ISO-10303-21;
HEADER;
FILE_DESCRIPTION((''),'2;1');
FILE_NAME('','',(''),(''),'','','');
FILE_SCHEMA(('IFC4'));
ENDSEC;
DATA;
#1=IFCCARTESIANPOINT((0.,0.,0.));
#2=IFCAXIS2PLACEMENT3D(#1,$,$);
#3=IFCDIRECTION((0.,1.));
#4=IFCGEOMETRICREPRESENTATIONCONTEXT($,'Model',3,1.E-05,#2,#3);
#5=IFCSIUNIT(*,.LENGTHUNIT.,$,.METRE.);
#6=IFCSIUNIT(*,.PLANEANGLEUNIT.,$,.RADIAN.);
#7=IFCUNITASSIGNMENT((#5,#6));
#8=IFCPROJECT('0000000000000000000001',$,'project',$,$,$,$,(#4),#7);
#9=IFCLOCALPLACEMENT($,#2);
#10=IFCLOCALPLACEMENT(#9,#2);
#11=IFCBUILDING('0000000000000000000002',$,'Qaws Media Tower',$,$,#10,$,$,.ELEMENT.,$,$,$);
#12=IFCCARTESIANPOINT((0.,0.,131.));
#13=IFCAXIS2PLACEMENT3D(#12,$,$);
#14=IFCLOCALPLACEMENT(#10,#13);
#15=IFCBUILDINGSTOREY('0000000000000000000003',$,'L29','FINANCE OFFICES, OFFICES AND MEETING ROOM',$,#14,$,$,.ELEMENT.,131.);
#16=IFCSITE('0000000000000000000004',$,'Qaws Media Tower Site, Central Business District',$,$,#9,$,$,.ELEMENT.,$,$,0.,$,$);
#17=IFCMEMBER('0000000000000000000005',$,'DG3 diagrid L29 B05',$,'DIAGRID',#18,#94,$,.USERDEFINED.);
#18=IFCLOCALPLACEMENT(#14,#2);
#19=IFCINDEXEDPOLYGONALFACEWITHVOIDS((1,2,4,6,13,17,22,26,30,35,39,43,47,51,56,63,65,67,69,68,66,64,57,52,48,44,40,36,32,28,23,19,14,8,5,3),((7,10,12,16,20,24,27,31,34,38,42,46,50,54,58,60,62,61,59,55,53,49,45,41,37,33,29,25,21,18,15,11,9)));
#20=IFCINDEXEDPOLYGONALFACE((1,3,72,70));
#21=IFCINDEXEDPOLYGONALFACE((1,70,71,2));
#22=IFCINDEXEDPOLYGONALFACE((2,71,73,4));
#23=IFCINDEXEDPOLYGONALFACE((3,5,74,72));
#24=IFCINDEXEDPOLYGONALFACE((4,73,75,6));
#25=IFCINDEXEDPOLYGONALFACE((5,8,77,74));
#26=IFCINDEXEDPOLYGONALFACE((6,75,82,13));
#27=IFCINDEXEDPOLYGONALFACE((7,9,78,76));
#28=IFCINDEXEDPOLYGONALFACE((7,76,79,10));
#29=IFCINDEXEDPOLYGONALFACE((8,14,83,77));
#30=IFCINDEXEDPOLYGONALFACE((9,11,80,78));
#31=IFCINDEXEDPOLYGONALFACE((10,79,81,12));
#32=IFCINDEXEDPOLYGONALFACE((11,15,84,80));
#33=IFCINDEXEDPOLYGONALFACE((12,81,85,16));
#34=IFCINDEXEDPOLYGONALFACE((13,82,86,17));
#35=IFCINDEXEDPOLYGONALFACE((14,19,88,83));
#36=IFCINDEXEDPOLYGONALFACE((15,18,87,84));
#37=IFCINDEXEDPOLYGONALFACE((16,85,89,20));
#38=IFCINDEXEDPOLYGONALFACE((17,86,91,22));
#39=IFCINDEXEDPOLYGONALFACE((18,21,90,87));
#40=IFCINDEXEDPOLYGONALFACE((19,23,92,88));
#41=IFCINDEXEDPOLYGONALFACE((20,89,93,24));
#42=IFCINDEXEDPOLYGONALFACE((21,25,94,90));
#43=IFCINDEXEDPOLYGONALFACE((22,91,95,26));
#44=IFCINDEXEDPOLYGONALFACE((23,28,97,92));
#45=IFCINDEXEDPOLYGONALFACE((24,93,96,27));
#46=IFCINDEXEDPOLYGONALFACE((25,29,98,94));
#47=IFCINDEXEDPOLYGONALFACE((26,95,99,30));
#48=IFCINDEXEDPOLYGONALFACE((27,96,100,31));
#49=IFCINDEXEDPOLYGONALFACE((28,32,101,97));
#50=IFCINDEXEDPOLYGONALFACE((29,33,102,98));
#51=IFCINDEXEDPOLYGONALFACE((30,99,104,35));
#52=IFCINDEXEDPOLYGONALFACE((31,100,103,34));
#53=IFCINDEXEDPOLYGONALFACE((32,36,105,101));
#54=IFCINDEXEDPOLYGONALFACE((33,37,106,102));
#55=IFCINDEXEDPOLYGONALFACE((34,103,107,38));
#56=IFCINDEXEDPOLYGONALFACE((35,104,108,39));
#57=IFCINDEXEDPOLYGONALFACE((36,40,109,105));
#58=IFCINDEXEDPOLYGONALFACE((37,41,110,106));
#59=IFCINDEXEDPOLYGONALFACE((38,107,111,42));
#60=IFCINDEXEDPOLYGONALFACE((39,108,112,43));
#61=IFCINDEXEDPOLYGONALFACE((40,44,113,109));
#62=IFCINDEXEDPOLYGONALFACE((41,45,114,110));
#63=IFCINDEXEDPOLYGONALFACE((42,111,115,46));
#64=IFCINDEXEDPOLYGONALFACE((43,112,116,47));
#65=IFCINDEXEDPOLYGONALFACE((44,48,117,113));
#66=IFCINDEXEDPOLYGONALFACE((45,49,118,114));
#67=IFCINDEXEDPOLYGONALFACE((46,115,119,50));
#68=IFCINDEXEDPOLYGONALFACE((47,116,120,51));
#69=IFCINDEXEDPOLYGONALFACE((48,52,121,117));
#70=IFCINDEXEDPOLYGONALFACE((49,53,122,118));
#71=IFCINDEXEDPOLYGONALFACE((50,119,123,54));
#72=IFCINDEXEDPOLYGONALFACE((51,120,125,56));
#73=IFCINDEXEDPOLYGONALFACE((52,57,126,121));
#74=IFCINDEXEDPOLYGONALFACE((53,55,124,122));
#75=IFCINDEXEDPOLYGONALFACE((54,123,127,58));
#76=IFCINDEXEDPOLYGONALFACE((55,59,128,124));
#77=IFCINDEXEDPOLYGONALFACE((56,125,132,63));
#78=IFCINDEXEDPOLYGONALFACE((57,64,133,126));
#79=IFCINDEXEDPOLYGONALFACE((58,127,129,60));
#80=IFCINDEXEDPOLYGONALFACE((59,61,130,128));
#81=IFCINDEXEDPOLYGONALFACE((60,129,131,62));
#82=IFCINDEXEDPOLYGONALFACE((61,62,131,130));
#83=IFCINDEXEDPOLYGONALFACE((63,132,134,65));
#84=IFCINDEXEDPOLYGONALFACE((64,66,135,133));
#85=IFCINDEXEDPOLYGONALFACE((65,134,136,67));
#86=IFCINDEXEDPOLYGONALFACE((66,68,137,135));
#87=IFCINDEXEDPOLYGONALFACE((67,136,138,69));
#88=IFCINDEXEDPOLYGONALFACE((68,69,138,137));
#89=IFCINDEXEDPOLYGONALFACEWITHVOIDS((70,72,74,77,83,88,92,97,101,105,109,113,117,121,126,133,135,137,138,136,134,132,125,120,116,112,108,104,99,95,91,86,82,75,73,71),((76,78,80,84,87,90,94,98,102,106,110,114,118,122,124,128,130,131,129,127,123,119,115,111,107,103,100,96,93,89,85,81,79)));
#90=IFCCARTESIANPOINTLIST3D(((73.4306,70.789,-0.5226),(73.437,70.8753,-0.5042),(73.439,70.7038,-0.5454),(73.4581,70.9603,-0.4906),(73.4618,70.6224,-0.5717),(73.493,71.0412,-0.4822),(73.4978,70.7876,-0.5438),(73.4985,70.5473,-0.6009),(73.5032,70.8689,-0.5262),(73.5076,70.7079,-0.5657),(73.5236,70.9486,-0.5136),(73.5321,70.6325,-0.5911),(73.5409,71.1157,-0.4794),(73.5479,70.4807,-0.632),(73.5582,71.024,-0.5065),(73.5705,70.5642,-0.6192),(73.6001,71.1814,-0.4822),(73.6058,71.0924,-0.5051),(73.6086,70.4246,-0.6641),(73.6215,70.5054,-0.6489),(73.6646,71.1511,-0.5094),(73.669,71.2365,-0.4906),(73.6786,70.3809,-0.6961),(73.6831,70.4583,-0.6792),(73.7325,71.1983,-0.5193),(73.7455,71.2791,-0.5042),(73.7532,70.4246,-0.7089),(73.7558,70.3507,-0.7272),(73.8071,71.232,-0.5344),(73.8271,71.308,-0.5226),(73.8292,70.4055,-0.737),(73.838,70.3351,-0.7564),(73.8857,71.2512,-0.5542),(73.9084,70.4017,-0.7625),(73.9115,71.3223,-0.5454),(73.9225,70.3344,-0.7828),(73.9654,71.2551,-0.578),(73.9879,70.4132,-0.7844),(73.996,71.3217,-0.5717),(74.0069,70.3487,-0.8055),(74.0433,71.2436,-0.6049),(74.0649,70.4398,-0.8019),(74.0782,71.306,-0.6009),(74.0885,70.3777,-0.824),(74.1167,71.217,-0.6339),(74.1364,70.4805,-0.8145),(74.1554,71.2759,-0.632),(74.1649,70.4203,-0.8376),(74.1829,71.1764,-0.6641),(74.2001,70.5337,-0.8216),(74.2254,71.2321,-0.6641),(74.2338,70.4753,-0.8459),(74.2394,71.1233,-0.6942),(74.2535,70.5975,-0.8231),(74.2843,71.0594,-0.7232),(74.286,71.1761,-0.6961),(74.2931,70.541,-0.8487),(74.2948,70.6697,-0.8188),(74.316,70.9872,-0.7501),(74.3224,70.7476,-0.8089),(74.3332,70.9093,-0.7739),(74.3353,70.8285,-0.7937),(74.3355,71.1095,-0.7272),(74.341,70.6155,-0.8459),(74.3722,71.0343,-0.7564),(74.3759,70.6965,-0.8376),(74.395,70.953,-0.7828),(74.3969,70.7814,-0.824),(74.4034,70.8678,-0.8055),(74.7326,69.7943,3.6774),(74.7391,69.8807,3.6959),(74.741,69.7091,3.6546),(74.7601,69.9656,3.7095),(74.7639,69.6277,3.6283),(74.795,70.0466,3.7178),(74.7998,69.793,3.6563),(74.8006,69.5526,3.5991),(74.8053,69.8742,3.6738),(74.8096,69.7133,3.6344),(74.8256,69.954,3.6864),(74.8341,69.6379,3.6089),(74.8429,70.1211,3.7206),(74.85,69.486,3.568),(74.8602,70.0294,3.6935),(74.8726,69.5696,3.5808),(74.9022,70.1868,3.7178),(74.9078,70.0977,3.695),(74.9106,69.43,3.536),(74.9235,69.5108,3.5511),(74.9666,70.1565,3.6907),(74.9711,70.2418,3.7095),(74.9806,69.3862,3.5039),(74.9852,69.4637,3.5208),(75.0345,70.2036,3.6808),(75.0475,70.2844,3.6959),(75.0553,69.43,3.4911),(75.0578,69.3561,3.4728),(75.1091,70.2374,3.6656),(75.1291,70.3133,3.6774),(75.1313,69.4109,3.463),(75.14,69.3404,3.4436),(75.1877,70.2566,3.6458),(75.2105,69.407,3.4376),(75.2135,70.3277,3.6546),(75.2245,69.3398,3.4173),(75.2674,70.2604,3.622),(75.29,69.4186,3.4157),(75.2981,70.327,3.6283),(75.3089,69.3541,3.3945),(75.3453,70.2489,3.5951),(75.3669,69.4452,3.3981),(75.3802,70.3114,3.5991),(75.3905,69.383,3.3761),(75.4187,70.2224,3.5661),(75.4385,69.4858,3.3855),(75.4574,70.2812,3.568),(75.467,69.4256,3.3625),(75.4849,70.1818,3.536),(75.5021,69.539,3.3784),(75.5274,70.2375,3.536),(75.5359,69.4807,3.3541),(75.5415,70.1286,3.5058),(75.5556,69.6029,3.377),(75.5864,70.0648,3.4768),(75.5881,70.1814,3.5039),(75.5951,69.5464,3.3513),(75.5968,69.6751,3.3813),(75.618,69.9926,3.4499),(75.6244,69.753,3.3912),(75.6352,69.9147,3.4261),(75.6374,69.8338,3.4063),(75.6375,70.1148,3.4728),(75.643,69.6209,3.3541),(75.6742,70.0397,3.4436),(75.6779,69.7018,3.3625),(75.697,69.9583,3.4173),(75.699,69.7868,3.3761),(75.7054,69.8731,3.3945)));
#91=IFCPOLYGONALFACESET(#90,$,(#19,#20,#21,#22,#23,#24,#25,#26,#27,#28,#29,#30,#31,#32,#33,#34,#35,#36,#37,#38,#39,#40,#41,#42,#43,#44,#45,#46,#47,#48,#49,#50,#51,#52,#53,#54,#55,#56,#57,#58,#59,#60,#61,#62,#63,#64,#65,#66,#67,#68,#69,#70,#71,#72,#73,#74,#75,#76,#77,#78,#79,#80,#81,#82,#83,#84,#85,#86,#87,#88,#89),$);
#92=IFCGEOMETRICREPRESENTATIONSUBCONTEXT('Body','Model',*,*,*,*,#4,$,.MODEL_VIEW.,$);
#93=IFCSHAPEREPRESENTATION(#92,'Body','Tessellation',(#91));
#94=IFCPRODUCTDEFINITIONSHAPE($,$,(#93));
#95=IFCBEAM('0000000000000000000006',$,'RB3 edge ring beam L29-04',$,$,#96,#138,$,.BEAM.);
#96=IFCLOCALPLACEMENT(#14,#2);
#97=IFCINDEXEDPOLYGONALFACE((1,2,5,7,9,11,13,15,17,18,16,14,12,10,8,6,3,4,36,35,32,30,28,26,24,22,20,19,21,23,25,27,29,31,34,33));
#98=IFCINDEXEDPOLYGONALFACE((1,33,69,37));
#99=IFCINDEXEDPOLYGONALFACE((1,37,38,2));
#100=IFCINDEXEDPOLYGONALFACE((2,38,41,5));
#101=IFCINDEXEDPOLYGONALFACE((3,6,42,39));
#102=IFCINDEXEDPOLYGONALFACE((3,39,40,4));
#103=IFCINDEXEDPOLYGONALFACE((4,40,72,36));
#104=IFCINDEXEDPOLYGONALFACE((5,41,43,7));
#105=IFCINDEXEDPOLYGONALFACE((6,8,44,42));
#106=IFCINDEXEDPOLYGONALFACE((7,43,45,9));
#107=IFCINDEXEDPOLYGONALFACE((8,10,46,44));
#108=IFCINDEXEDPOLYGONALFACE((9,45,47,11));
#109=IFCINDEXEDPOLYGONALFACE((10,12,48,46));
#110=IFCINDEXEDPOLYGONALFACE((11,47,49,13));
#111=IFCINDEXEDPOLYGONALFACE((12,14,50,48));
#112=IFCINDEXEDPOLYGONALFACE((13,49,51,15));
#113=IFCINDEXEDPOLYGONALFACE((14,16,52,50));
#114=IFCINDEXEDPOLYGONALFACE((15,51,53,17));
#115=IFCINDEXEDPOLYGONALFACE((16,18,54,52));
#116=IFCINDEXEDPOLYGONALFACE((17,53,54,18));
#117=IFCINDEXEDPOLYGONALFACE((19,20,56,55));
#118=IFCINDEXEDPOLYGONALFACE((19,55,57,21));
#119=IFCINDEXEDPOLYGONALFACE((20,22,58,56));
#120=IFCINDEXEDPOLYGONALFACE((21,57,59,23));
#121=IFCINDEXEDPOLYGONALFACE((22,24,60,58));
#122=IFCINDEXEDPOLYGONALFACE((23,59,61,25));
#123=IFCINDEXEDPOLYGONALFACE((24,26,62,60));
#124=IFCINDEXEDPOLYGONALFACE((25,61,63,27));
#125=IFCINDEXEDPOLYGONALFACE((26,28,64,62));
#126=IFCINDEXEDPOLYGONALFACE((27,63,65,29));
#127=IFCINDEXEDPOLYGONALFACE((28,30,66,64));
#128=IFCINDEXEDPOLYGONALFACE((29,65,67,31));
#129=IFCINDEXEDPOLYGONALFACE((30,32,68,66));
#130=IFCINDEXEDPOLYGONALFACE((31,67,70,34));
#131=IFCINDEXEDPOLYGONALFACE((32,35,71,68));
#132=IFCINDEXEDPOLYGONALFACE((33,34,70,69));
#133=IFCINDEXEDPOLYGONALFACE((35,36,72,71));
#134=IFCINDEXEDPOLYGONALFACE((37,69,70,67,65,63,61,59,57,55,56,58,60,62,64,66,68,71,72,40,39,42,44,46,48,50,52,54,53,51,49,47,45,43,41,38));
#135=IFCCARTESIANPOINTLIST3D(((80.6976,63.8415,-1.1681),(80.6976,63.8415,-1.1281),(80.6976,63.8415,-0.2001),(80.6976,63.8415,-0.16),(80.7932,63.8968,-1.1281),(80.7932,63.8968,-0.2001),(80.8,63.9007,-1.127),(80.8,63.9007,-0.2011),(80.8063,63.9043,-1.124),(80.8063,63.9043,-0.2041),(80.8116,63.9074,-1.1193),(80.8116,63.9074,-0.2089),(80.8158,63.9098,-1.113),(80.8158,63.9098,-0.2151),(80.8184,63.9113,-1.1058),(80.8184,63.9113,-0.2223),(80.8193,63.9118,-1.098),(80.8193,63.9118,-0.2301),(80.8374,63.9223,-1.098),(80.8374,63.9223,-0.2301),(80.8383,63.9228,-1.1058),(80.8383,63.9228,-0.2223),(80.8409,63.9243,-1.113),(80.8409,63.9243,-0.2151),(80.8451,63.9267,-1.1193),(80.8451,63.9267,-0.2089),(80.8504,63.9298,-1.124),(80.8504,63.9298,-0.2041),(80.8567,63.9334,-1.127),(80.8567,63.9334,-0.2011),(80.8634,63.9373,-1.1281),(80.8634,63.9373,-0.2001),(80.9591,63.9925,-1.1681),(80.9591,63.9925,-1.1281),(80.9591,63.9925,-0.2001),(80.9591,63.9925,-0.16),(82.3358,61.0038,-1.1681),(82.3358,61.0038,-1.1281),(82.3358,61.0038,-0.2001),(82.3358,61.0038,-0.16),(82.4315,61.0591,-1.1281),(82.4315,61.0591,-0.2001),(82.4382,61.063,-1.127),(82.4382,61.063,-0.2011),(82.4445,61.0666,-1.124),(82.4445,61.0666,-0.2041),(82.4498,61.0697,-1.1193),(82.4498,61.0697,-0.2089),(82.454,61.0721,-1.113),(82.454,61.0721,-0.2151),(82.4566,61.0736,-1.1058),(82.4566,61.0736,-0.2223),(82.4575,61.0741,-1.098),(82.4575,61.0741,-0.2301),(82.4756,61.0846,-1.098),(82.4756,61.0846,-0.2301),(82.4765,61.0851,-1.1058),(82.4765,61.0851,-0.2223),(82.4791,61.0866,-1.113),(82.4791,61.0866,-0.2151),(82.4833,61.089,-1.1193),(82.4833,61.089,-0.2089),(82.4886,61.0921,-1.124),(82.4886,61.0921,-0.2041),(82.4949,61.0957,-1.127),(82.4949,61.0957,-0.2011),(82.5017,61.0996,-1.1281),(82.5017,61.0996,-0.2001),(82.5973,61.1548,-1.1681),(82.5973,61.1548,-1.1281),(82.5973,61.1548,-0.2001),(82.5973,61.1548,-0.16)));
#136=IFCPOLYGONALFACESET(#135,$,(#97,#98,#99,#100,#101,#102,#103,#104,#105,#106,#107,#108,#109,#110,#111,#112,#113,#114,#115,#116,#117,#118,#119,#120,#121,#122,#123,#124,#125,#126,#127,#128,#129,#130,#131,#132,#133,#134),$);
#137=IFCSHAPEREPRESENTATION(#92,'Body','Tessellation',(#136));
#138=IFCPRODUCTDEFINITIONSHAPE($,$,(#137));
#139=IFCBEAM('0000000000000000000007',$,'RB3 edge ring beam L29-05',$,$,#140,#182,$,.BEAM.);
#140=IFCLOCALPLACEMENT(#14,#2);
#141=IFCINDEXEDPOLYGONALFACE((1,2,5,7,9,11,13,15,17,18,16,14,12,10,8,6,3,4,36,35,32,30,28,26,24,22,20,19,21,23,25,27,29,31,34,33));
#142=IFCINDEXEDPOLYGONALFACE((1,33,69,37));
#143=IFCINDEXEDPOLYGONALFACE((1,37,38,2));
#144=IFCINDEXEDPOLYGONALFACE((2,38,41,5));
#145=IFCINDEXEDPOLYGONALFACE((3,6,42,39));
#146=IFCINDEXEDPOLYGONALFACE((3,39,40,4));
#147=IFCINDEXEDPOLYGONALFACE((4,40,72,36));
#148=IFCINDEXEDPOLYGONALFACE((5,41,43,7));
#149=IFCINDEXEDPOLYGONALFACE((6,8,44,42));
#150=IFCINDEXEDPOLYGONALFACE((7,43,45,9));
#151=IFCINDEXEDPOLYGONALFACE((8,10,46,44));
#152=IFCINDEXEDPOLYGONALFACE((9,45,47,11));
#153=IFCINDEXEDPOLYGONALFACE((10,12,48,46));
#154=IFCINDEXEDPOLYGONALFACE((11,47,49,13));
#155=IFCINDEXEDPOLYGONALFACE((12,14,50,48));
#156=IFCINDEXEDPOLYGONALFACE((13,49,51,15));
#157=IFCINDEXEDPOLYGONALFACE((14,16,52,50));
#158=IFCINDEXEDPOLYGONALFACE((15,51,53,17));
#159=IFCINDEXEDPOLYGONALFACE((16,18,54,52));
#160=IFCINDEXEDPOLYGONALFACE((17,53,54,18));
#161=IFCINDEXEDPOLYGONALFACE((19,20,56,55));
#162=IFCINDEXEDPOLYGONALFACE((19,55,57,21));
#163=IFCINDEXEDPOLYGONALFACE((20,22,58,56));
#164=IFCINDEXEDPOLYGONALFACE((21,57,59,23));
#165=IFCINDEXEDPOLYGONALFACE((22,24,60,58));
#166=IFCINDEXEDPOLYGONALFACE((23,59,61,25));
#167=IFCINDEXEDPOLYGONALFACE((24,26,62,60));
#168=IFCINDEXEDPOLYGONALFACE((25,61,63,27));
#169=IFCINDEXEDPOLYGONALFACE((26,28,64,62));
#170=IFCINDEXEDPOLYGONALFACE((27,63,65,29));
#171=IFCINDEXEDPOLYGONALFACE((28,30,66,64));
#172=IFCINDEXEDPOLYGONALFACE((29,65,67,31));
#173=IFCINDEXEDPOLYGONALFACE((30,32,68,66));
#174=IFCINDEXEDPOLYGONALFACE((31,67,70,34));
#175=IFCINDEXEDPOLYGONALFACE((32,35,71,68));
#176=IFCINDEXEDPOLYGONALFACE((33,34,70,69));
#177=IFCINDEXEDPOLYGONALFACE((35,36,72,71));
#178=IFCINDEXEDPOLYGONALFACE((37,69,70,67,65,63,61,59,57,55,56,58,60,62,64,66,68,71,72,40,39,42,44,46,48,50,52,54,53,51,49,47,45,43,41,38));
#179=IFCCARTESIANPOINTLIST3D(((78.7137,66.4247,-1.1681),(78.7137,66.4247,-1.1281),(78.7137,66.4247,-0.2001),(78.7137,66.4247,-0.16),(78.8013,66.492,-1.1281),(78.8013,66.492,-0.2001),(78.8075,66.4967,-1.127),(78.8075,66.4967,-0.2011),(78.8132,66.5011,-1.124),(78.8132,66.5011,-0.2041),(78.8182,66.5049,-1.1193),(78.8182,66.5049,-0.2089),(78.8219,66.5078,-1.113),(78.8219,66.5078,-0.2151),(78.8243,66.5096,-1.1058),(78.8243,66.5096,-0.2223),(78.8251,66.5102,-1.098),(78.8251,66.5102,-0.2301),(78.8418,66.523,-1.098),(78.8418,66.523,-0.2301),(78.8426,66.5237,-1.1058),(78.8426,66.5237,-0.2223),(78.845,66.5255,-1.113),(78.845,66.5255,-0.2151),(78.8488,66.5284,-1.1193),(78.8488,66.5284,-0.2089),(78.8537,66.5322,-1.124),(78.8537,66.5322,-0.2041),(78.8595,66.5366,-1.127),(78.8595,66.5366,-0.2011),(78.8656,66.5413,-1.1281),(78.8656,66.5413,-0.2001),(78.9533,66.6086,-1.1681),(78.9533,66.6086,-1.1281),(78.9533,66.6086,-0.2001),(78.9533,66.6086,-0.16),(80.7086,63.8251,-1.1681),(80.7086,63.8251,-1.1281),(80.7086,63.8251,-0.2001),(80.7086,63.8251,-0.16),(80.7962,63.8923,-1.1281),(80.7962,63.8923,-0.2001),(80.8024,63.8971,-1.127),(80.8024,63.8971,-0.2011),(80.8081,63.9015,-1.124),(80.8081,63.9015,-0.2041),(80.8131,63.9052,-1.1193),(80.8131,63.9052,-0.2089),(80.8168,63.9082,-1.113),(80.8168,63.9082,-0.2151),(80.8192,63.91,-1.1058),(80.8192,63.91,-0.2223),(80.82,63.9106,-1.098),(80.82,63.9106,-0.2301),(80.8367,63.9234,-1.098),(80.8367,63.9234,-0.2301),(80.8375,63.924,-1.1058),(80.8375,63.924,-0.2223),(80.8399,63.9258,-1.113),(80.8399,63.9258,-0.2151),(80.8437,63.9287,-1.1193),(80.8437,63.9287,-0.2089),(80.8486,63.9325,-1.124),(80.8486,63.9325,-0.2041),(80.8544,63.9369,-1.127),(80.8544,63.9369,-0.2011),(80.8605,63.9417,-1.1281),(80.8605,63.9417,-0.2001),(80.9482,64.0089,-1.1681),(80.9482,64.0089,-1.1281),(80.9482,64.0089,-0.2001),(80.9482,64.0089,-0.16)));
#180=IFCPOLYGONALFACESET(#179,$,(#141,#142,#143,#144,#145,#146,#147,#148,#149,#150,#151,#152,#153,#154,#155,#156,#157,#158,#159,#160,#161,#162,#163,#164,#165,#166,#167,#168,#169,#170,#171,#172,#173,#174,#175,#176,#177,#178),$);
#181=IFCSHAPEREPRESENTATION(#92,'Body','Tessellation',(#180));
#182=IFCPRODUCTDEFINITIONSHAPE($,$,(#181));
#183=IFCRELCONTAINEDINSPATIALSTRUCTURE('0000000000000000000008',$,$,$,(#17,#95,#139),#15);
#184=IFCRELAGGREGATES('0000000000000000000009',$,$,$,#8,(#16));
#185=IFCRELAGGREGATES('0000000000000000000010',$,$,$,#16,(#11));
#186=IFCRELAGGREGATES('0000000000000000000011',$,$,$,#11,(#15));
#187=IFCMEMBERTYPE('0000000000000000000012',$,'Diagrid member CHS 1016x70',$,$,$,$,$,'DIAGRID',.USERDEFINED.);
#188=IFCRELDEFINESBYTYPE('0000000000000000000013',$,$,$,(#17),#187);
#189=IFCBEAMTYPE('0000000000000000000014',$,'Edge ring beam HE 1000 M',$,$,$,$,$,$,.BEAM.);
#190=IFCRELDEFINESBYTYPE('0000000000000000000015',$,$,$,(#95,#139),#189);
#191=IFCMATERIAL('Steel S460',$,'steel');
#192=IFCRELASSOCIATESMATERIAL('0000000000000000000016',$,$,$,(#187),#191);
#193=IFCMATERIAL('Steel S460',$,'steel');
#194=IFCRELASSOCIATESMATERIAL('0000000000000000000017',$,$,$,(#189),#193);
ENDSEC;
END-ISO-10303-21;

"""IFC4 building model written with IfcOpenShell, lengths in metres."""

from ifc_helpers import new_model, si_unit, direction, frame, origin, origin_2d, place, context, subcontext, project, spatial, hollow_circle, i_section, extrude, material, material_profile, profile_set, type_object, element, save


model = new_model("IFC4")

# Units and contexts
model_context = context("Model", 3, precision=1e-05, world=origin(), true_north=direction((0.0, 1.0)))
body_context = subcontext(model_context, "Body", "Model", "MODEL_VIEW")
ifc_project = project(units=[si_unit("LENGTHUNIT", "METRE"), si_unit("PLANEANGLEUNIT", "RADIAN")], contexts=[model_context])

# Site, building, storey
site_placement = place(None, origin())
site = spatial("IfcSite", under=ifc_project, at=site_placement, Name="Qaws Media Tower Site, Central Business District", CompositionType="ELEMENT", RefElevation=0.0)
building_placement = place(site_placement, origin())
building = spatial("IfcBuilding", under=site, at=building_placement, Name="Qaws Media Tower", CompositionType="ELEMENT")
storey_placement = place(building_placement, frame((0.0, 0.0, 131.0)))
storey = spatial("IfcBuildingStorey", under=building, at=storey_placement, Name="L29", Description="FINANCE OFFICES, OFFICES AND MEETING ROOM", CompositionType="ELEMENT", Elevation=131.0)

# Member
ifc_material_1 = material(Name="Steel S460", Category="steel")
ifc_material_profile_1 = material_profile(ifc_material_1, hollow_circle(Radius=0.5081, WallThickness=0.0701, at=origin_2d()), Name="CHS 1016x70")
ifc_profile_set_1 = profile_set([ifc_material_profile_1], Name="Steel S460")
member_type_1 = type_object("IfcMemberType", Name="Diagrid member CHS 1016x70", ElementType="DIAGRID", PredefinedType="USERDEFINED", material=ifc_profile_set_1)
for number, where, z_axis, x_axis, name in (
    (1, (73.917, 70.8284, -0.6641), (0.288806, -0.220625, 0.93162), (0.607057, 0.794658, 0.0), "DG3 diagrid L29 B05"),
):
    element("IfcMember", number, at=place(storey_placement, frame(where, z_axis=z_axis, x_axis=x_axis)), inside=storey, type_object=member_type_1, Name=name, ObjectType="DIAGRID", PredefinedType="USERDEFINED", context=body_context, shape_type="SweptSolid", body=[
        extrude(hollow_circle(Radius=0.5081, WallThickness=0.0701, at=origin_2d()), origin(), (0.0, 0.0, 1.0), 4.5083),
    ])

# Beams
ifc_material_2 = material(Name="Steel S460", Category="steel")
ifc_material_profile_2 = material_profile(ifc_material_2, i_section(OverallWidth=0.302, OverallDepth=1.0081, WebThickness=0.021, FlangeThickness=0.04, FilletRadius=0.03, at=origin_2d()), Name="HE 1000 M")
ifc_profile_set_2 = profile_set([ifc_material_profile_2], Name="Steel S460")
beam_type = type_object("IfcBeamType", Name="Edge ring beam HE 1000 M", PredefinedType="BEAM", material=ifc_profile_set_2)
beam_1_placement = place(storey_placement, frame((82.4666, 61.0793, -0.6641), z_axis=(-0.49997, 0.866043, 0.0), x_axis=(-0.866043, -0.49997, 0.0)))
element("IfcBeam", 2, at=beam_1_placement, inside=storey, type_object=beam_type, Name="RB3 edge ring beam L29-04", PredefinedType="BEAM", context=body_context, shape_type="SweptSolid", body=[
    extrude(i_section(OverallWidth=0.302, OverallDepth=1.0081, WebThickness=0.021, FlangeThickness=0.04, FilletRadius=0.03, at=origin_2d()), origin(), (0.0, 0.0, 1.0), 3.2766),
])
beam_2_placement = place(storey_placement, frame((80.8284, 63.917, -0.6641), z_axis=(-0.608785, 0.793335, 0.0), x_axis=(-0.793335, -0.608785, 0.0)))
element("IfcBeam", 3, at=beam_2_placement, inside=storey, type_object=beam_type, Name="RB3 edge ring beam L29-05", PredefinedType="BEAM", context=body_context, shape_type="SweptSolid", body=[
    extrude(i_section(OverallWidth=0.302, OverallDepth=1.0081, WebThickness=0.021, FlangeThickness=0.04, FilletRadius=0.03, at=origin_2d()), origin(), (0.0, 0.0, 1.0), 3.2769),
])

save(model, "model.ifc")
